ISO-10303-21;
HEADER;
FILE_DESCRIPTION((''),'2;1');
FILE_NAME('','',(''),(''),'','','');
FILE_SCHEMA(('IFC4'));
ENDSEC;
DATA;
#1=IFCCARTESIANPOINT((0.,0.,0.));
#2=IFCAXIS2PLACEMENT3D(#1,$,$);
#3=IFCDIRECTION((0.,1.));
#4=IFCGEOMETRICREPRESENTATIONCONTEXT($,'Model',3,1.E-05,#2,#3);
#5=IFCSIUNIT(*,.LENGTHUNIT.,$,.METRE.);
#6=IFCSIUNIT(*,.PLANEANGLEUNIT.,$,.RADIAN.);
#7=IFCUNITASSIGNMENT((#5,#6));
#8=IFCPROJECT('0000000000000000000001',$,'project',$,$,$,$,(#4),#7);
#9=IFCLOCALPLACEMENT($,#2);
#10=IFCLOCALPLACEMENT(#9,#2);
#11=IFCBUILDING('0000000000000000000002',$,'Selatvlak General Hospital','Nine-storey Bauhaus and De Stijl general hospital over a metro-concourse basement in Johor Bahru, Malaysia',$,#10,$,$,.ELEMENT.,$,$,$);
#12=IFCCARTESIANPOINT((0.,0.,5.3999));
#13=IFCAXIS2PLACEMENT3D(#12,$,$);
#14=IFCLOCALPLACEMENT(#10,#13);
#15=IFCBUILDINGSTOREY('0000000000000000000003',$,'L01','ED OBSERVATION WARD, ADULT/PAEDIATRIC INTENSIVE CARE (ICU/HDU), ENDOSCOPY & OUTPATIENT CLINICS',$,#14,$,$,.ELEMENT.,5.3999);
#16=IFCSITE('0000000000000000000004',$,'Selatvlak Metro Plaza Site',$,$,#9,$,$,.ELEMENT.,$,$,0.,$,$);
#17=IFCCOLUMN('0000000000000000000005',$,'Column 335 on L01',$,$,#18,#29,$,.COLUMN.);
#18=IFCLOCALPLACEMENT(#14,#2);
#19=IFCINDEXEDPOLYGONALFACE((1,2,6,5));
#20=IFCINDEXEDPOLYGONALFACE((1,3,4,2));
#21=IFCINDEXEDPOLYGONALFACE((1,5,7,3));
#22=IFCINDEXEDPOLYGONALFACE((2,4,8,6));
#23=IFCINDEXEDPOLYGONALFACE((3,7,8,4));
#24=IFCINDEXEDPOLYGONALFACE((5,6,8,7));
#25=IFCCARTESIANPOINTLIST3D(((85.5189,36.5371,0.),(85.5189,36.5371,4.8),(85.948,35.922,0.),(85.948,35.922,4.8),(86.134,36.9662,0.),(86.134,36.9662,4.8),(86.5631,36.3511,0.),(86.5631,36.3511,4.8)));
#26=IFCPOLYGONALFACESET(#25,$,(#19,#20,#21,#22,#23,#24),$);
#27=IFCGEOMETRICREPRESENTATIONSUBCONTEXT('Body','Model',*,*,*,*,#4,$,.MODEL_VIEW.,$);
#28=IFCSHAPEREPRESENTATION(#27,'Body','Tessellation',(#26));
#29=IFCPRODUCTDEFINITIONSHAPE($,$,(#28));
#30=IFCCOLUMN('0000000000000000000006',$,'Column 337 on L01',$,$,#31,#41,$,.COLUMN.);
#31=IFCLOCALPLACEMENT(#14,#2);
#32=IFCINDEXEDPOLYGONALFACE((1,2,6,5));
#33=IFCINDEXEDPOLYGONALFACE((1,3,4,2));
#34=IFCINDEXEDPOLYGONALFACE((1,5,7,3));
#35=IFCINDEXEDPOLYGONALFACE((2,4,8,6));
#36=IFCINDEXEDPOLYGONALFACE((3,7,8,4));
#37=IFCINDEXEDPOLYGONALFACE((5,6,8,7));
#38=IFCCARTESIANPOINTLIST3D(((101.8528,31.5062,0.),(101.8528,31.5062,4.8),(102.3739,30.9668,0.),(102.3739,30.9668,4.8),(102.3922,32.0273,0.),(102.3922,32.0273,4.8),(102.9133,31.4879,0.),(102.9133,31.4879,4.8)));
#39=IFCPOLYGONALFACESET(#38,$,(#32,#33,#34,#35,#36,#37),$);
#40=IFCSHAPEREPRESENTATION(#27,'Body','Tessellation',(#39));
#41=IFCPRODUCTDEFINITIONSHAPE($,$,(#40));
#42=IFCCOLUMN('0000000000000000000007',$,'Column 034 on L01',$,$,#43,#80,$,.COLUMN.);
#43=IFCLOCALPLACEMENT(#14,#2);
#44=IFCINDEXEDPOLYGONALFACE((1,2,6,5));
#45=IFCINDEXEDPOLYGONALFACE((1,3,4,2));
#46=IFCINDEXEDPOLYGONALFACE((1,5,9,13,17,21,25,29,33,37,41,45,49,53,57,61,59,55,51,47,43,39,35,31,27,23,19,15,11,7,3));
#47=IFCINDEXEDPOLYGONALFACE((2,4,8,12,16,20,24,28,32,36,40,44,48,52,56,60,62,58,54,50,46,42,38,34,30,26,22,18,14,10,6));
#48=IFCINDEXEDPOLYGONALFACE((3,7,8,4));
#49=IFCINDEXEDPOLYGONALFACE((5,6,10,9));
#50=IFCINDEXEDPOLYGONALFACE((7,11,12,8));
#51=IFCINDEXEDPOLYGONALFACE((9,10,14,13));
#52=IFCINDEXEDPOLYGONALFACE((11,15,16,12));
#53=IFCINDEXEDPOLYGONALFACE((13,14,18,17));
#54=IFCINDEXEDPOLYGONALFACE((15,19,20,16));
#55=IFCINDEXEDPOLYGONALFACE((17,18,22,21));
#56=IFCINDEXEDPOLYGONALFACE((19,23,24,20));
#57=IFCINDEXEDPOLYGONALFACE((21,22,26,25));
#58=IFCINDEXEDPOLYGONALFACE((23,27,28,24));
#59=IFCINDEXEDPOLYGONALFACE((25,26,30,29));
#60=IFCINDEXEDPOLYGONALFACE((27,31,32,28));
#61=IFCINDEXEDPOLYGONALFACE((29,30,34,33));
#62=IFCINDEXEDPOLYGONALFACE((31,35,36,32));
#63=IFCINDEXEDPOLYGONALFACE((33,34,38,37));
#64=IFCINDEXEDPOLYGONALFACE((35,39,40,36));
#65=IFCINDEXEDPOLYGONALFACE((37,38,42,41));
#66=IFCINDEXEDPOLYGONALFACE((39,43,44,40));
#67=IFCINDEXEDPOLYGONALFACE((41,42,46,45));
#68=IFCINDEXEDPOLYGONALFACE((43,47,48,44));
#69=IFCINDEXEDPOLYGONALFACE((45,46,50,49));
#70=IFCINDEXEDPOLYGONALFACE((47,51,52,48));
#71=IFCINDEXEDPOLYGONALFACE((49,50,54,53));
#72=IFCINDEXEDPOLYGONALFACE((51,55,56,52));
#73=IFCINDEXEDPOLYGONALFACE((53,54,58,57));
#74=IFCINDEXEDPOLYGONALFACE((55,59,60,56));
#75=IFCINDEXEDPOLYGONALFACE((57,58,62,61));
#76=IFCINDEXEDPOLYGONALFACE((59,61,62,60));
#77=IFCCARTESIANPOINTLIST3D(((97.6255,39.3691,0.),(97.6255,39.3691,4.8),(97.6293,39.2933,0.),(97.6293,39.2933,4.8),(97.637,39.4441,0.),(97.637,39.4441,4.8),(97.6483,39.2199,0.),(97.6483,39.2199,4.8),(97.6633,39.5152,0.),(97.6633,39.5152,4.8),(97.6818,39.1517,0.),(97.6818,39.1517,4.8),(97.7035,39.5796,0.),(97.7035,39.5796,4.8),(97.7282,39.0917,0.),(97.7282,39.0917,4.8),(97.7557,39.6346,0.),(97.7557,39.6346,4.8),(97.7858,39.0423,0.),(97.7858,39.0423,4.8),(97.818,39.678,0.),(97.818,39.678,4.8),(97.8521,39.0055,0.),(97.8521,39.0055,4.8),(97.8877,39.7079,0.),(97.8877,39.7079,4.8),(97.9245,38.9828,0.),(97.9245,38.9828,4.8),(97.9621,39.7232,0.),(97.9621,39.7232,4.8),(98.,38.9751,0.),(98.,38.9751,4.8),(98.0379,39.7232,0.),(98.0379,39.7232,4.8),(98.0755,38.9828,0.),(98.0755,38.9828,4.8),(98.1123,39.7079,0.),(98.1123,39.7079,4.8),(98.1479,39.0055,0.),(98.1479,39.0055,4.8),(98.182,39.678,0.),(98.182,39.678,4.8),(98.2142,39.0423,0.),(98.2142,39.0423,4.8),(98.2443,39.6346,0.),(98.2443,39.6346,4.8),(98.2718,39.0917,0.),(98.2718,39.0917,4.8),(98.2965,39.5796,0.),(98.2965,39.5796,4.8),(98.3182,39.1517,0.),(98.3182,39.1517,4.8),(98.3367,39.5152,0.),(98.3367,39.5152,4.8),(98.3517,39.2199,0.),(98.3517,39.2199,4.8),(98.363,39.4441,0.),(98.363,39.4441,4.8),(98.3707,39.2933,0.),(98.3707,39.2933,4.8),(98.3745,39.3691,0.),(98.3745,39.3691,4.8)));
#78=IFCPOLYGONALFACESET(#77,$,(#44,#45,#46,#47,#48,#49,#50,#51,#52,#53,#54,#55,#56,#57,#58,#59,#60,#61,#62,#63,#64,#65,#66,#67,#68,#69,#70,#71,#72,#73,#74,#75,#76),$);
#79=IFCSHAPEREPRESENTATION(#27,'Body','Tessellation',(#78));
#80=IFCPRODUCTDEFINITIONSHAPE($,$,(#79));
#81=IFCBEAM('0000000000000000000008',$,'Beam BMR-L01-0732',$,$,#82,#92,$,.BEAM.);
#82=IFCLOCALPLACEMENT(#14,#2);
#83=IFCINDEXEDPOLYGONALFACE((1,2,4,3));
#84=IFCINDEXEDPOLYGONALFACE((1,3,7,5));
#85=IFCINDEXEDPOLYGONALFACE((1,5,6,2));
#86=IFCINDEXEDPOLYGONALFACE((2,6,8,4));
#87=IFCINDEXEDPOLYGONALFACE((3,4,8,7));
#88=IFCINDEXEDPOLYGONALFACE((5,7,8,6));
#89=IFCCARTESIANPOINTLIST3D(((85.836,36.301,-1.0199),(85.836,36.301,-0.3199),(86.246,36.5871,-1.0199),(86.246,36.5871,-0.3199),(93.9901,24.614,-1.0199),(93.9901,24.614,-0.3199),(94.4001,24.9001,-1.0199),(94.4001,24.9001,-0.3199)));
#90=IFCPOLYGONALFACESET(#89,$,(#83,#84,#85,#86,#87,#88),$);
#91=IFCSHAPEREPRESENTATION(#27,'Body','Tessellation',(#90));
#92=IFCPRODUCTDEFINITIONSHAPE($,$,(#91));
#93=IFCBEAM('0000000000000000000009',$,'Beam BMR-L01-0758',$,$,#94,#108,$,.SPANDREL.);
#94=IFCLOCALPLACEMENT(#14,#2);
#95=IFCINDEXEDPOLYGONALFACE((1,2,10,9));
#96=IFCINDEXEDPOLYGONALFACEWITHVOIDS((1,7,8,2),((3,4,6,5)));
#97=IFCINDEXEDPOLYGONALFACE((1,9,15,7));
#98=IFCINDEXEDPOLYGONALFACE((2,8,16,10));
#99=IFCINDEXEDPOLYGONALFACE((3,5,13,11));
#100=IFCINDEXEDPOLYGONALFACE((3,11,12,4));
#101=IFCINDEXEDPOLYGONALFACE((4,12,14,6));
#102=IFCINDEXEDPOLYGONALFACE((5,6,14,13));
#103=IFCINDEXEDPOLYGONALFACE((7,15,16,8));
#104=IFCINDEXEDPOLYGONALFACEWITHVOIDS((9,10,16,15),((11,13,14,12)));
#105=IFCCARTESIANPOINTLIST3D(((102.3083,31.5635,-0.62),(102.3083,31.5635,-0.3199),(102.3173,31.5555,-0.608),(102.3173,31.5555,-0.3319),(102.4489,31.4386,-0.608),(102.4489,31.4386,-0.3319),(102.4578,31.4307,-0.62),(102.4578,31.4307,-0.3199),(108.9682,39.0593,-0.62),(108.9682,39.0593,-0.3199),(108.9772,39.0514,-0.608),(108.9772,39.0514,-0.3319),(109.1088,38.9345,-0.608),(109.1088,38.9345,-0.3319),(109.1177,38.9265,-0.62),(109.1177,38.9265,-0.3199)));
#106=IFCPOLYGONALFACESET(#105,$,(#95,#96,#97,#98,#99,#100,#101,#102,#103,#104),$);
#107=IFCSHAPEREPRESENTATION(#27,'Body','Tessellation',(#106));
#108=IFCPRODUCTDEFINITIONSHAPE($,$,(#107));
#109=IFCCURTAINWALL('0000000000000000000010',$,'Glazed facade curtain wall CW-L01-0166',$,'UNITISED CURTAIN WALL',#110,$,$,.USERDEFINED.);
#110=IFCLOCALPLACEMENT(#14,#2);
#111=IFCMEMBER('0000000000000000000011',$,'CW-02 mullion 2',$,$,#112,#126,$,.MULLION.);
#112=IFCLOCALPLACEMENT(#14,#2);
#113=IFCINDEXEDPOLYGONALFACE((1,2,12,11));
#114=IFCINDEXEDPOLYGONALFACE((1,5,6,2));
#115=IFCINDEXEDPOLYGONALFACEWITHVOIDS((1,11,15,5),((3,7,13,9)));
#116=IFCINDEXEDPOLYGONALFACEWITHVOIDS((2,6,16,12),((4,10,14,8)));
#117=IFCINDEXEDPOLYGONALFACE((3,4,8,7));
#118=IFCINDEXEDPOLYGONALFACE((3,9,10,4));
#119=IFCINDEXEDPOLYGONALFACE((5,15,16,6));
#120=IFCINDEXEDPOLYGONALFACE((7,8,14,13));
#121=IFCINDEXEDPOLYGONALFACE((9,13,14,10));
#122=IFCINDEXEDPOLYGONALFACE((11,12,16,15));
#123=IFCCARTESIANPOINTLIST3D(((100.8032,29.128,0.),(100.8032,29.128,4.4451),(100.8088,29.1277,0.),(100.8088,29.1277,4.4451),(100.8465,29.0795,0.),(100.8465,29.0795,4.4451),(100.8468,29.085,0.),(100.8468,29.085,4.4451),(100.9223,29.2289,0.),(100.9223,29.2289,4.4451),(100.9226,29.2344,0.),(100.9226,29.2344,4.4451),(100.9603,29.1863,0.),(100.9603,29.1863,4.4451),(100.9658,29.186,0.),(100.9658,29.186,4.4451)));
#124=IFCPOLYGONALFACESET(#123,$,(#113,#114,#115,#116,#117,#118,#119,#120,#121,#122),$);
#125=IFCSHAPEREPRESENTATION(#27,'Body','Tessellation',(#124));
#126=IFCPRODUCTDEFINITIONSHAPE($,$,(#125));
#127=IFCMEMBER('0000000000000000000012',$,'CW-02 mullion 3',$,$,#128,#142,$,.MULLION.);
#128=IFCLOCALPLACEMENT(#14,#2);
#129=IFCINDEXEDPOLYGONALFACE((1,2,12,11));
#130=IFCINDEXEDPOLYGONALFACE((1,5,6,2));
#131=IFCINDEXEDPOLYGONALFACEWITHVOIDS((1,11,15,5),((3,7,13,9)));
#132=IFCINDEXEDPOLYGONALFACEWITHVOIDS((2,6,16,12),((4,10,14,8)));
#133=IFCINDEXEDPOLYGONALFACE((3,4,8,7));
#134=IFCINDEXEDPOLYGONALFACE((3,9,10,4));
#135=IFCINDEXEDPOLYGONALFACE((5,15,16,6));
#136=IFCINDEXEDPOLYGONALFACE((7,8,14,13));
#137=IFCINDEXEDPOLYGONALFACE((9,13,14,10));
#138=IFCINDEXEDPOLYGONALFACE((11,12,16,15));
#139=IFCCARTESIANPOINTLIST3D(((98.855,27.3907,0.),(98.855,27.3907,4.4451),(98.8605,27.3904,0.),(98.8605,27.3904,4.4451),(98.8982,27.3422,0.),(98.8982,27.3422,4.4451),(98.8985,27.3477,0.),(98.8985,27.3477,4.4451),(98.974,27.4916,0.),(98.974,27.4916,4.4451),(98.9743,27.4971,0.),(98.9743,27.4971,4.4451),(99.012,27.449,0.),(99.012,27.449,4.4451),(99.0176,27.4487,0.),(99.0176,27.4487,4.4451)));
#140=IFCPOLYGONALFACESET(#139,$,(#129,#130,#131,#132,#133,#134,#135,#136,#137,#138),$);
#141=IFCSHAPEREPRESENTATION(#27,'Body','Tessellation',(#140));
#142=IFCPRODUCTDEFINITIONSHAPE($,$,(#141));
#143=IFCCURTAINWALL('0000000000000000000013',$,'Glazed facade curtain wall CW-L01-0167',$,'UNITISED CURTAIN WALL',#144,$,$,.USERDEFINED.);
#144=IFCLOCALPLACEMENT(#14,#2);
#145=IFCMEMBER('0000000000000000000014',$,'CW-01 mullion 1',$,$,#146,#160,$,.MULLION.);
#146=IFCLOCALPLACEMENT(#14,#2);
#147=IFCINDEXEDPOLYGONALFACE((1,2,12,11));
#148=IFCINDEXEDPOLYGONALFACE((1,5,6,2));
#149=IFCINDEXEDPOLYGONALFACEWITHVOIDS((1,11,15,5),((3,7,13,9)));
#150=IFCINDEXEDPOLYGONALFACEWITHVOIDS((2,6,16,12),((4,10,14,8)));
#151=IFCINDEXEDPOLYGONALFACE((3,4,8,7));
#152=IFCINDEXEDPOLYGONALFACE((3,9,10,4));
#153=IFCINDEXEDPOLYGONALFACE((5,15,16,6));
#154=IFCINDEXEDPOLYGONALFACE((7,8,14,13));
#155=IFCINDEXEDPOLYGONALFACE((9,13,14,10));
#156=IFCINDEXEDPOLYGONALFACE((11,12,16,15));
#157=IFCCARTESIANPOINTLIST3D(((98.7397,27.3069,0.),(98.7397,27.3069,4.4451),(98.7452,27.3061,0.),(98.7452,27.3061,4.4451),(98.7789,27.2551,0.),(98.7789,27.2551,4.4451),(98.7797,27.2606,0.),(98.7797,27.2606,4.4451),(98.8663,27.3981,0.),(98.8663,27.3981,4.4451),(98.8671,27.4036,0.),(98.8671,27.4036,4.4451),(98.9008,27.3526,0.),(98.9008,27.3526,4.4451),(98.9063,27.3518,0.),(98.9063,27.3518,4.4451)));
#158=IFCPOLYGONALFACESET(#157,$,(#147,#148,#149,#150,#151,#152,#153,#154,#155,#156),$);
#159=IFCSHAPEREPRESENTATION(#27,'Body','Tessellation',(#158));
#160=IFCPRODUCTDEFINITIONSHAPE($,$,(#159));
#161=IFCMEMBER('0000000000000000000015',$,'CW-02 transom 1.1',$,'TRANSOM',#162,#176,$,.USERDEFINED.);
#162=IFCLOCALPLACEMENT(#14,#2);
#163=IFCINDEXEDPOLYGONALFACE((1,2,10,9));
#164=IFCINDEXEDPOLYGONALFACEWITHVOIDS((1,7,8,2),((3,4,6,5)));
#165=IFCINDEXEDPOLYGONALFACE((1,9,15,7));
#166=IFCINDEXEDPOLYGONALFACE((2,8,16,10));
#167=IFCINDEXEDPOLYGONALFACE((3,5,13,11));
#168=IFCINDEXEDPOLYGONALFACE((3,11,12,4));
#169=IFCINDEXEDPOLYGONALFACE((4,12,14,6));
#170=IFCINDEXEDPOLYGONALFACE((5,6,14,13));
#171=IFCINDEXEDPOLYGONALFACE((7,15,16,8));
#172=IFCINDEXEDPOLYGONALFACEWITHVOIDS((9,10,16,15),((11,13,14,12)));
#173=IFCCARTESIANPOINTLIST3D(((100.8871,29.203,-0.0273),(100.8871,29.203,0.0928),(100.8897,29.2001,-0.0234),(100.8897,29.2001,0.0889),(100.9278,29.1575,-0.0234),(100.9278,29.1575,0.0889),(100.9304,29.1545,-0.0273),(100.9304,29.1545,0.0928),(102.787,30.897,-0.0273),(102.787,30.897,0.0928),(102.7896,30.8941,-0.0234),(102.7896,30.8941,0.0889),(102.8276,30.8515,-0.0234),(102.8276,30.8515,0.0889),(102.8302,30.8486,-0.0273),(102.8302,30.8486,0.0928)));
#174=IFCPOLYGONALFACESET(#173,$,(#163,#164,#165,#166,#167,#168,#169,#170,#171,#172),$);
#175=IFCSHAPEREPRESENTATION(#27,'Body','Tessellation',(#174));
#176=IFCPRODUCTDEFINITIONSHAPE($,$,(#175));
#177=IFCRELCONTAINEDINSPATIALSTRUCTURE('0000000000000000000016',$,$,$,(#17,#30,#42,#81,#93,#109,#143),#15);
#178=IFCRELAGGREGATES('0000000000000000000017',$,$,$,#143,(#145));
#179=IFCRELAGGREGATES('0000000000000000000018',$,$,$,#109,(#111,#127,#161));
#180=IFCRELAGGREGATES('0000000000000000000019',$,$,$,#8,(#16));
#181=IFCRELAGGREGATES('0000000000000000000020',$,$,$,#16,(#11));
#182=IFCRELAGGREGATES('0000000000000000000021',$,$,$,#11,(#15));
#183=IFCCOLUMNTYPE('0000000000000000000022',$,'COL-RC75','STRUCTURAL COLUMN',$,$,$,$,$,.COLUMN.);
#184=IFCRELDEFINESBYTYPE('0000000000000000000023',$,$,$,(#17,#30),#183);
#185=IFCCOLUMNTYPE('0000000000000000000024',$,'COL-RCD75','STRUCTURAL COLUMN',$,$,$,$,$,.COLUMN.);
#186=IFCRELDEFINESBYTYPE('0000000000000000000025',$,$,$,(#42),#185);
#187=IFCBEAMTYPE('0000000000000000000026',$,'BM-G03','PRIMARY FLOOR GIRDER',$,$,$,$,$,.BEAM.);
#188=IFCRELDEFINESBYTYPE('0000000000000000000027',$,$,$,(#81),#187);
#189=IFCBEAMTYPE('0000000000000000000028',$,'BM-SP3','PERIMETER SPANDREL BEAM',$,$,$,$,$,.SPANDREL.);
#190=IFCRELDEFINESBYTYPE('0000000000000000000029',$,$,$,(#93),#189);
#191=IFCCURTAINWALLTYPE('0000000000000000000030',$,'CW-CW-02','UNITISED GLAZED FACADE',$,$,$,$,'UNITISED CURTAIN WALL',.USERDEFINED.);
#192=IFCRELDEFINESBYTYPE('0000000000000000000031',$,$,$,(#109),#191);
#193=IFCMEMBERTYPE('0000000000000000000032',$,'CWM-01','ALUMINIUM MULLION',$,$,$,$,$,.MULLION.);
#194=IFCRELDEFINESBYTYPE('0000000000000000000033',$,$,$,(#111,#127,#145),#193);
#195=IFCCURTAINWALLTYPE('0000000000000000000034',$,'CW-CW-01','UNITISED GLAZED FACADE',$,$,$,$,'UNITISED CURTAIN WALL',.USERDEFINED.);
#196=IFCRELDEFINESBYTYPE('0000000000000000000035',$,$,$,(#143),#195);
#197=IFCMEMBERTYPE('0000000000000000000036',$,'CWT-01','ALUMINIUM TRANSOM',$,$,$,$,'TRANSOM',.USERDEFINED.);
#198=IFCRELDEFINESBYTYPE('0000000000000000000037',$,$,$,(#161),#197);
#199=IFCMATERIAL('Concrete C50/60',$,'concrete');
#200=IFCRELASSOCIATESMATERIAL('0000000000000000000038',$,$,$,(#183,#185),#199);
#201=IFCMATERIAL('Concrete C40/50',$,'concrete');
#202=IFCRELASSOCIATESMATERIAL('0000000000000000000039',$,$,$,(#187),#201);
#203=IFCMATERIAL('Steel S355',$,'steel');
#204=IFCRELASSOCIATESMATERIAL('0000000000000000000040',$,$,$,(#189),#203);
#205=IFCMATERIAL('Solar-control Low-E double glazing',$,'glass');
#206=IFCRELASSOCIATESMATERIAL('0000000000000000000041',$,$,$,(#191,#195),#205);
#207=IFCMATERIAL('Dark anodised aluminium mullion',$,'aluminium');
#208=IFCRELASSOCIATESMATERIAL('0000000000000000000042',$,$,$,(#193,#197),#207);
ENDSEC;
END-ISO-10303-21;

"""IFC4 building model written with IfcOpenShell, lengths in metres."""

from ifc_helpers import new_model, si_unit, direction, frame, origin, origin_2d, place, context, subcontext, project, spatial, rectangle, hollow_rectangle, circle, extrude, material, material_profile, profile_set, type_object, element, aggregate, save


model = new_model("IFC4")

# Units and contexts
model_context = context("Model", 3, precision=1e-05, world=origin(), true_north=direction((0.0, 1.0)))
body_context = subcontext(model_context, "Body", "Model", "MODEL_VIEW")
ifc_project = project(units=[si_unit("LENGTHUNIT", "METRE"), si_unit("PLANEANGLEUNIT", "RADIAN")], contexts=[model_context])

# Site, building, storey
site_placement = place(None, origin())
site = spatial("IfcSite", under=ifc_project, at=site_placement, Name="Selatvlak Metro Plaza Site", CompositionType="ELEMENT", RefElevation=0.0)
building_placement = place(site_placement, origin())
building = spatial("IfcBuilding", under=site, at=building_placement, Name="Selatvlak General Hospital", Description="Nine-storey Bauhaus and De Stijl general hospital over a metro-concourse basement in Johor Bahru, Malaysia", CompositionType="ELEMENT")
storey_placement = place(building_placement, frame((0.0, 0.0, 5.3999)))
storey = spatial("IfcBuildingStorey", under=building, at=storey_placement, Name="L01", Description="ED OBSERVATION WARD, ADULT/PAEDIATRIC INTENSIVE CARE (ICU/HDU), ENDOSCOPY & OUTPATIENT CLINICS", CompositionType="ELEMENT", Elevation=5.3999)

# Columns
ifc_material_1 = material(Name="Concrete C50/60", Category="concrete")
ifc_material_profile_1 = material_profile(ifc_material_1, rectangle(XDim=0.75, YDim=0.75, at=origin_2d()), Name="RC-COL 750x750")
ifc_profile_set_1 = profile_set([ifc_material_profile_1], Name="Concrete C50/60")
column_type_1 = type_object("IfcColumnType", Name="COL-RC75", Description="STRUCTURAL COLUMN", PredefinedType="COLUMN", material=ifc_profile_set_1)
for number, where, z_axis, x_axis, name in (
    (1, (86.041, 36.4441, 0.0), (0.0, 0.0, 1.0), (-0.572189, 0.820122, 0.0), "Column 335 on L01"),
    (2, (102.3831, 31.4971, 0.0), (0.0, 0.0, 1.0), (-0.694834, 0.71917, 0.0), "Column 337 on L01"),
):
    element("IfcColumn", number, at=place(storey_placement, frame(where, z_axis=z_axis, x_axis=x_axis)), inside=storey, type_object=column_type_1, Name=name, PredefinedType="COLUMN", context=body_context, shape_type="SweptSolid", body=[
        extrude(rectangle(XDim=0.75, YDim=0.75, at=origin_2d()), origin(), (0.0, 0.0, 1.0), 4.8),
    ])
ifc_material_profile_2 = material_profile(ifc_material_1, circle(Radius=0.375, at=origin_2d()), Name="RC-COL D750")
ifc_profile_set_2 = profile_set([ifc_material_profile_2], Name="Concrete C50/60")
column_type_2 = type_object("IfcColumnType", Name="COL-RCD75", Description="STRUCTURAL COLUMN", PredefinedType="COLUMN", material=ifc_profile_set_2)
column_placement = place(storey_placement, frame((98.0, 39.3501, 0.0), z_axis=(0.0, 0.0, 1.0), x_axis=(0.0, -1.0, 0.0)))
element("IfcColumn", 3, at=column_placement, inside=storey, type_object=column_type_2, Name="Column 034 on L01", PredefinedType="COLUMN", context=body_context, shape_type="SweptSolid", body=[
    extrude(circle(Radius=0.375, at=origin_2d()), origin(), (0.0, 0.0, 1.0), 4.8),
])

# Beams
ifc_material_2 = material(Name="Concrete C40/50", Category="concrete")
ifc_material_profile_3 = material_profile(ifc_material_2, rectangle(XDim=0.5, YDim=0.7, at=origin_2d()), Name="RC-BM 500x700")
ifc_profile_set_3 = profile_set([ifc_material_profile_3], Name="Concrete C40/50")
beam_type_1 = type_object("IfcBeamType", Name="BM-G03", Description="PRIMARY FLOOR GIRDER", PredefinedType="BEAM", material=ifc_profile_set_3)
beam_1_placement = place(storey_placement, frame((86.041, 36.4441, -0.6699), z_axis=(0.572197, -0.820116, 0.0), x_axis=(0.820116, 0.572197, 0.0)))
element("IfcBeam", 4, at=beam_1_placement, inside=storey, type_object=beam_type_1, Name="Beam BMR-L01-0732", PredefinedType="BEAM", context=body_context, shape_type="SweptSolid", body=[
    extrude(rectangle(XDim=0.5, YDim=0.7, at=origin_2d()), origin(), (0.0, 0.0, 1.0), 14.2505),
])
ifc_material_3 = material(Name="Steel S355", Category="steel")
ifc_material_profile_4 = material_profile(ifc_material_3, hollow_rectangle(XDim=0.2, YDim=0.3, WallThickness=0.012, at=origin_2d()), Name="RHS 300x200x12")
ifc_profile_set_4 = profile_set([ifc_material_profile_4], Name="Steel S355")
beam_type_2 = type_object("IfcBeamType", Name="BM-SP3", Description="PERIMETER SPANDREL BEAM", PredefinedType="SPANDREL", material=ifc_profile_set_4)
beam_2_placement = place(storey_placement, frame((102.3831, 31.4971, -0.47), z_axis=(0.664193, 0.747561, 0.0), x_axis=(-0.747561, 0.664193, 0.0)))
element("IfcBeam", 5, at=beam_2_placement, inside=storey, type_object=beam_type_2, Name="Beam BMR-L01-0758", PredefinedType="SPANDREL", context=body_context, shape_type="SweptSolid", body=[
    extrude(hollow_rectangle(XDim=0.2, YDim=0.3, WallThickness=0.012, at=origin_2d()), origin(), (0.0, 0.0, 1.0), 10.0271),
])

# Curtain wall, members
ifc_material_4 = material(Name="Solar-control Low-E double glazing", Category="glass")
curtain_wall_type_1 = type_object("IfcCurtainWallType", Name="CW-CW-02", Description="UNITISED GLAZED FACADE", ElementType="UNITISED CURTAIN WALL", PredefinedType="USERDEFINED", material=ifc_material_4)
curtain_wall_1_placement = place(storey_placement, origin())
curtain_wall_1 = element("IfcCurtainWall", 6, at=curtain_wall_1_placement, inside=storey, type_object=curtain_wall_type_1, Name="Glazed facade curtain wall CW-L01-0166", ObjectType="UNITISED CURTAIN WALL", PredefinedType="USERDEFINED")
ifc_material_5 = material(Name="Dark anodised aluminium mullion", Category="aluminium")
ifc_material_profile_5 = material_profile(ifc_material_5, hollow_rectangle(XDim=0.0649, YDim=0.1599, WallThickness=0.0039, at=origin_2d()), Name="AL-MUL 65x160x4")
ifc_profile_set_5 = profile_set([ifc_material_profile_5], Name="Dark anodised aluminium mullion")
member_type_1 = type_object("IfcMemberType", Name="CWM-01", Description="ALUMINIUM MULLION", PredefinedType="MULLION", material=ifc_profile_set_5)
member_1_placement = place(storey_placement, frame((100.8845, 29.157, 0.0), z_axis=(0.0, 0.0, 1.0), x_axis=(0.665561, -0.746344, 0.0)))
member_1 = element("IfcMember", 7, at=member_1_placement, type_object=member_type_1, Name="CW-02 mullion 2", PredefinedType="MULLION", context=body_context, shape_type="SweptSolid", body=[
    extrude(hollow_rectangle(XDim=0.0649, YDim=0.1599, WallThickness=0.0039, at=origin_2d()), origin(), (0.0, 0.0, 1.0), 4.4451),
])
member_2_placement = place(storey_placement, frame((98.9363, 27.4197, 0.0), z_axis=(0.0, 0.0, 1.0), x_axis=(0.665561, -0.746344, 0.0)))
member_2 = element("IfcMember", 8, at=member_2_placement, type_object=member_type_1, Name="CW-02 mullion 3", PredefinedType="MULLION", context=body_context, shape_type="SweptSolid", body=[
    extrude(hollow_rectangle(XDim=0.0649, YDim=0.1599, WallThickness=0.0039, at=origin_2d()), origin(), (0.0, 0.0, 1.0), 4.4451),
])

# Curtain wall, member
curtain_wall_type_2 = type_object("IfcCurtainWallType", Name="CW-CW-01", Description="UNITISED GLAZED FACADE", ElementType="UNITISED CURTAIN WALL", PredefinedType="USERDEFINED", material=ifc_material_4)
curtain_wall_2_placement = place(storey_placement, origin())
curtain_wall_2 = element("IfcCurtainWall", 9, at=curtain_wall_2_placement, inside=storey, type_object=curtain_wall_type_2, Name="Glazed facade curtain wall CW-L01-0167", ObjectType="UNITISED CURTAIN WALL", PredefinedType="USERDEFINED")
member_3_placement = place(storey_placement, frame((98.823, 27.3293, 0.0), z_axis=(0.0, 0.0, 1.0), x_axis=(0.604589, -0.796537, 0.0)))
member_3 = element("IfcMember", 10, at=member_3_placement, type_object=member_type_1, Name="CW-01 mullion 1", PredefinedType="MULLION", context=body_context, shape_type="SweptSolid", body=[
    extrude(hollow_rectangle(XDim=0.0649, YDim=0.1599, WallThickness=0.0039, at=origin_2d()), origin(), (0.0, 0.0, 1.0), 4.4451),
])

# Member
ifc_material_profile_6 = material_profile(ifc_material_5, hollow_rectangle(XDim=0.0649, YDim=0.1201, WallThickness=0.0039, at=origin_2d()), Name="AL-TRN 65x120x4")
ifc_profile_set_6 = profile_set([ifc_material_profile_6], Name="Dark anodised aluminium mullion")
member_type_2 = type_object("IfcMemberType", Name="CWT-01", Description="ALUMINIUM TRANSOM", ElementType="TRANSOM", PredefinedType="USERDEFINED", material=ifc_profile_set_6)
member_4_placement = place(storey_placement, frame((102.8086, 30.8728, 0.0327), z_axis=(-0.746377, -0.665524, 0.0), x_axis=(0.665524, -0.746377, 0.0)))
member_4 = element("IfcMember", 11, at=member_4_placement, type_object=member_type_2, Name="CW-02 transom 1.1", ObjectType="TRANSOM", PredefinedType="USERDEFINED", context=body_context, shape_type="SweptSolid", body=[
    extrude(hollow_rectangle(XDim=0.0649, YDim=0.1201, WallThickness=0.0039, at=origin_2d()), origin(), (0.0, 0.0, 1.0), 2.5454),
])
aggregate(curtain_wall_2, [member_3])

aggregate(curtain_wall_1, [member_1, member_2, member_4])

save(model, "model.ifc")
